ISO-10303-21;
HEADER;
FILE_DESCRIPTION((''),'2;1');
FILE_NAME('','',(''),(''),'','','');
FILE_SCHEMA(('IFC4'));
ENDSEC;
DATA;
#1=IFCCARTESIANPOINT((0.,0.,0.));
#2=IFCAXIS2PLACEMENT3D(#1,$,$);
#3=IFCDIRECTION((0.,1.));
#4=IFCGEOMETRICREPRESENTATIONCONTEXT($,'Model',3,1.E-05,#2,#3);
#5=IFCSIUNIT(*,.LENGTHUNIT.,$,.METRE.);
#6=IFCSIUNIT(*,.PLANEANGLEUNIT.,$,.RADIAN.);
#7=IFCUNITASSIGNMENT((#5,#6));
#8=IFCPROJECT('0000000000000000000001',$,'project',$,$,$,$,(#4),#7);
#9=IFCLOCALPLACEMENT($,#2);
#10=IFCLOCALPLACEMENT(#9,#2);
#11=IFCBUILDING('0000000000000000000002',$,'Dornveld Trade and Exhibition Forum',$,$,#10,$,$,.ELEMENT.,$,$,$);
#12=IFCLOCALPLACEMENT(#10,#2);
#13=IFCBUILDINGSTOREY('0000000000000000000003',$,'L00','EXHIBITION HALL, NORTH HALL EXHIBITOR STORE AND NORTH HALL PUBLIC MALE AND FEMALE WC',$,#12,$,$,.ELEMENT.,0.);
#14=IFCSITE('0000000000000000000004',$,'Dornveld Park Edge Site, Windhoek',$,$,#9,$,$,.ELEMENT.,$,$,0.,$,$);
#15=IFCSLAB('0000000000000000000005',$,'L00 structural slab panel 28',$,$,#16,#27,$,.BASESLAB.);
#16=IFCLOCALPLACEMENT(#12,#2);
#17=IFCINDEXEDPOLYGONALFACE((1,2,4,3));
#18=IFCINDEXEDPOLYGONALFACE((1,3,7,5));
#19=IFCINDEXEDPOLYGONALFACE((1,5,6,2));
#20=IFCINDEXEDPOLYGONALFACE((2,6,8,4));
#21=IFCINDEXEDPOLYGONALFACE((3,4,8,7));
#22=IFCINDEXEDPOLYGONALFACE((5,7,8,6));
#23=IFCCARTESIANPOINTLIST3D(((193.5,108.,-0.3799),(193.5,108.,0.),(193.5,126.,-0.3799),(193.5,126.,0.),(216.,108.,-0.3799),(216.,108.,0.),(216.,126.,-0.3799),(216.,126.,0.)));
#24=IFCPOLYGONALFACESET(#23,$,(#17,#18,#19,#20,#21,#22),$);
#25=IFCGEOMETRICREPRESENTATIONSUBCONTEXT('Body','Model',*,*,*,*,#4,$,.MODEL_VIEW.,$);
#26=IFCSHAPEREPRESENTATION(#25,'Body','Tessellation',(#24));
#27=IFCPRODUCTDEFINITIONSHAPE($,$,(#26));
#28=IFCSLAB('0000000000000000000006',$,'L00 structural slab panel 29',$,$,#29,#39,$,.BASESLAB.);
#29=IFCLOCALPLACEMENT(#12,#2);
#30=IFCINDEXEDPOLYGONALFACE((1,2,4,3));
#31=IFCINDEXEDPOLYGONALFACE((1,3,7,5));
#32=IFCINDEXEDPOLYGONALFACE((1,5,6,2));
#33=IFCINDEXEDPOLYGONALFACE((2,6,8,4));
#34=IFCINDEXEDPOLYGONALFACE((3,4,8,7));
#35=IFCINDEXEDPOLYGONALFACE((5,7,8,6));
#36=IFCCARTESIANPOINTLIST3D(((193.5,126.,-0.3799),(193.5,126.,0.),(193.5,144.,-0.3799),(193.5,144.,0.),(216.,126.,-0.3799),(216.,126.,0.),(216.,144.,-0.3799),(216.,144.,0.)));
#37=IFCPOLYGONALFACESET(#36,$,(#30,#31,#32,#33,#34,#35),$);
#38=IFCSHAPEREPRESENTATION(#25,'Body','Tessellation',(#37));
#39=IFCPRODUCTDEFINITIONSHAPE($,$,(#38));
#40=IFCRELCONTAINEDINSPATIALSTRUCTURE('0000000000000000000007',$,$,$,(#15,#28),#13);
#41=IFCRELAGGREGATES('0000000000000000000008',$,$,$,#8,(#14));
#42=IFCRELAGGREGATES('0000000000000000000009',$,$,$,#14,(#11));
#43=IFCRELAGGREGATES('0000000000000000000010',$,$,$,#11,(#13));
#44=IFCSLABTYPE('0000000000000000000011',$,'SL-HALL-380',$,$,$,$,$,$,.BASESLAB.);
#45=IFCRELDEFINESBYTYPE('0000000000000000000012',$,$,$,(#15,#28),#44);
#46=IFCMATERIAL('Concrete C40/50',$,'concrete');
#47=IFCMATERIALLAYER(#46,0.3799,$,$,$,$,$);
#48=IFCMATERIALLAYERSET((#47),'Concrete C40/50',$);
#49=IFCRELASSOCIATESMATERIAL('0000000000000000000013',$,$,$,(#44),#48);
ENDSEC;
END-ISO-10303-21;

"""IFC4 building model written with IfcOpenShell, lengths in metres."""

from ifc_helpers import new_model, si_unit, direction, frame, origin, place, context, subcontext, project, spatial, polyline, outline, extrude, material, layer, layer_set, type_object, element, save


model = new_model("IFC4")

# Units and contexts
model_context = context("Model", 3, precision=1e-05, world=origin(), true_north=direction((0.0, 1.0)))
body_context = subcontext(model_context, "Body", "Model", "MODEL_VIEW")
ifc_project = project(units=[si_unit("LENGTHUNIT", "METRE"), si_unit("PLANEANGLEUNIT", "RADIAN")], contexts=[model_context])

# Site, building, storey
site_placement = place(None, origin())
site = spatial("IfcSite", under=ifc_project, at=site_placement, Name="Dornveld Park Edge Site, Windhoek", CompositionType="ELEMENT", RefElevation=0.0)
building_placement = place(site_placement, origin())
building = spatial("IfcBuilding", under=site, at=building_placement, Name="Dornveld Trade and Exhibition Forum", CompositionType="ELEMENT")
storey_placement = place(building_placement, origin())
storey = spatial("IfcBuildingStorey", under=building, at=storey_placement, Name="L00", Description="EXHIBITION HALL, NORTH HALL EXHIBITOR STORE AND NORTH HALL PUBLIC MALE AND FEMALE WC", CompositionType="ELEMENT", Elevation=0.0)

# Slabs
ifc_material_1 = material(Name="Concrete C40/50", Category="concrete")
ifc_layer_1 = layer(ifc_material_1, 0.3799)
ifc_layer_set_1 = layer_set([ifc_layer_1], Name="Concrete C40/50")
slab_type_1 = type_object("IfcSlabType", Name="SL-HALL-380", PredefinedType="BASESLAB", material=ifc_layer_set_1)
slab_1_placement = place(storey_placement, frame((0.0, 0.0, -0.3799)))
element("IfcSlab", 1, at=slab_1_placement, inside=storey, type_object=slab_type_1, Name="L00 structural slab panel 28", PredefinedType="BASESLAB", context=body_context, shape_type="SweptSolid", body=[
    extrude(outline(polyline([(193.5, 108.0), (216.0, 108.0), (216.0, 126.0), (193.5, 126.0), (193.5, 108.0)])), origin(), (0.0, 0.0, 1.0), 0.3799),
])
slab_2_placement = place(storey_placement, frame((0.0, 0.0, -0.3799)))
element("IfcSlab", 2, at=slab_2_placement, inside=storey, type_object=slab_type_1, Name="L00 structural slab panel 29", PredefinedType="BASESLAB", context=body_context, shape_type="SweptSolid", body=[
    extrude(outline(polyline([(193.5, 126.0), (216.0, 126.0), (216.0, 144.0), (193.5, 144.0), (193.5, 126.0)])), origin(), (0.0, 0.0, 1.0), 0.3799),
])

save(model, "model.ifc")
